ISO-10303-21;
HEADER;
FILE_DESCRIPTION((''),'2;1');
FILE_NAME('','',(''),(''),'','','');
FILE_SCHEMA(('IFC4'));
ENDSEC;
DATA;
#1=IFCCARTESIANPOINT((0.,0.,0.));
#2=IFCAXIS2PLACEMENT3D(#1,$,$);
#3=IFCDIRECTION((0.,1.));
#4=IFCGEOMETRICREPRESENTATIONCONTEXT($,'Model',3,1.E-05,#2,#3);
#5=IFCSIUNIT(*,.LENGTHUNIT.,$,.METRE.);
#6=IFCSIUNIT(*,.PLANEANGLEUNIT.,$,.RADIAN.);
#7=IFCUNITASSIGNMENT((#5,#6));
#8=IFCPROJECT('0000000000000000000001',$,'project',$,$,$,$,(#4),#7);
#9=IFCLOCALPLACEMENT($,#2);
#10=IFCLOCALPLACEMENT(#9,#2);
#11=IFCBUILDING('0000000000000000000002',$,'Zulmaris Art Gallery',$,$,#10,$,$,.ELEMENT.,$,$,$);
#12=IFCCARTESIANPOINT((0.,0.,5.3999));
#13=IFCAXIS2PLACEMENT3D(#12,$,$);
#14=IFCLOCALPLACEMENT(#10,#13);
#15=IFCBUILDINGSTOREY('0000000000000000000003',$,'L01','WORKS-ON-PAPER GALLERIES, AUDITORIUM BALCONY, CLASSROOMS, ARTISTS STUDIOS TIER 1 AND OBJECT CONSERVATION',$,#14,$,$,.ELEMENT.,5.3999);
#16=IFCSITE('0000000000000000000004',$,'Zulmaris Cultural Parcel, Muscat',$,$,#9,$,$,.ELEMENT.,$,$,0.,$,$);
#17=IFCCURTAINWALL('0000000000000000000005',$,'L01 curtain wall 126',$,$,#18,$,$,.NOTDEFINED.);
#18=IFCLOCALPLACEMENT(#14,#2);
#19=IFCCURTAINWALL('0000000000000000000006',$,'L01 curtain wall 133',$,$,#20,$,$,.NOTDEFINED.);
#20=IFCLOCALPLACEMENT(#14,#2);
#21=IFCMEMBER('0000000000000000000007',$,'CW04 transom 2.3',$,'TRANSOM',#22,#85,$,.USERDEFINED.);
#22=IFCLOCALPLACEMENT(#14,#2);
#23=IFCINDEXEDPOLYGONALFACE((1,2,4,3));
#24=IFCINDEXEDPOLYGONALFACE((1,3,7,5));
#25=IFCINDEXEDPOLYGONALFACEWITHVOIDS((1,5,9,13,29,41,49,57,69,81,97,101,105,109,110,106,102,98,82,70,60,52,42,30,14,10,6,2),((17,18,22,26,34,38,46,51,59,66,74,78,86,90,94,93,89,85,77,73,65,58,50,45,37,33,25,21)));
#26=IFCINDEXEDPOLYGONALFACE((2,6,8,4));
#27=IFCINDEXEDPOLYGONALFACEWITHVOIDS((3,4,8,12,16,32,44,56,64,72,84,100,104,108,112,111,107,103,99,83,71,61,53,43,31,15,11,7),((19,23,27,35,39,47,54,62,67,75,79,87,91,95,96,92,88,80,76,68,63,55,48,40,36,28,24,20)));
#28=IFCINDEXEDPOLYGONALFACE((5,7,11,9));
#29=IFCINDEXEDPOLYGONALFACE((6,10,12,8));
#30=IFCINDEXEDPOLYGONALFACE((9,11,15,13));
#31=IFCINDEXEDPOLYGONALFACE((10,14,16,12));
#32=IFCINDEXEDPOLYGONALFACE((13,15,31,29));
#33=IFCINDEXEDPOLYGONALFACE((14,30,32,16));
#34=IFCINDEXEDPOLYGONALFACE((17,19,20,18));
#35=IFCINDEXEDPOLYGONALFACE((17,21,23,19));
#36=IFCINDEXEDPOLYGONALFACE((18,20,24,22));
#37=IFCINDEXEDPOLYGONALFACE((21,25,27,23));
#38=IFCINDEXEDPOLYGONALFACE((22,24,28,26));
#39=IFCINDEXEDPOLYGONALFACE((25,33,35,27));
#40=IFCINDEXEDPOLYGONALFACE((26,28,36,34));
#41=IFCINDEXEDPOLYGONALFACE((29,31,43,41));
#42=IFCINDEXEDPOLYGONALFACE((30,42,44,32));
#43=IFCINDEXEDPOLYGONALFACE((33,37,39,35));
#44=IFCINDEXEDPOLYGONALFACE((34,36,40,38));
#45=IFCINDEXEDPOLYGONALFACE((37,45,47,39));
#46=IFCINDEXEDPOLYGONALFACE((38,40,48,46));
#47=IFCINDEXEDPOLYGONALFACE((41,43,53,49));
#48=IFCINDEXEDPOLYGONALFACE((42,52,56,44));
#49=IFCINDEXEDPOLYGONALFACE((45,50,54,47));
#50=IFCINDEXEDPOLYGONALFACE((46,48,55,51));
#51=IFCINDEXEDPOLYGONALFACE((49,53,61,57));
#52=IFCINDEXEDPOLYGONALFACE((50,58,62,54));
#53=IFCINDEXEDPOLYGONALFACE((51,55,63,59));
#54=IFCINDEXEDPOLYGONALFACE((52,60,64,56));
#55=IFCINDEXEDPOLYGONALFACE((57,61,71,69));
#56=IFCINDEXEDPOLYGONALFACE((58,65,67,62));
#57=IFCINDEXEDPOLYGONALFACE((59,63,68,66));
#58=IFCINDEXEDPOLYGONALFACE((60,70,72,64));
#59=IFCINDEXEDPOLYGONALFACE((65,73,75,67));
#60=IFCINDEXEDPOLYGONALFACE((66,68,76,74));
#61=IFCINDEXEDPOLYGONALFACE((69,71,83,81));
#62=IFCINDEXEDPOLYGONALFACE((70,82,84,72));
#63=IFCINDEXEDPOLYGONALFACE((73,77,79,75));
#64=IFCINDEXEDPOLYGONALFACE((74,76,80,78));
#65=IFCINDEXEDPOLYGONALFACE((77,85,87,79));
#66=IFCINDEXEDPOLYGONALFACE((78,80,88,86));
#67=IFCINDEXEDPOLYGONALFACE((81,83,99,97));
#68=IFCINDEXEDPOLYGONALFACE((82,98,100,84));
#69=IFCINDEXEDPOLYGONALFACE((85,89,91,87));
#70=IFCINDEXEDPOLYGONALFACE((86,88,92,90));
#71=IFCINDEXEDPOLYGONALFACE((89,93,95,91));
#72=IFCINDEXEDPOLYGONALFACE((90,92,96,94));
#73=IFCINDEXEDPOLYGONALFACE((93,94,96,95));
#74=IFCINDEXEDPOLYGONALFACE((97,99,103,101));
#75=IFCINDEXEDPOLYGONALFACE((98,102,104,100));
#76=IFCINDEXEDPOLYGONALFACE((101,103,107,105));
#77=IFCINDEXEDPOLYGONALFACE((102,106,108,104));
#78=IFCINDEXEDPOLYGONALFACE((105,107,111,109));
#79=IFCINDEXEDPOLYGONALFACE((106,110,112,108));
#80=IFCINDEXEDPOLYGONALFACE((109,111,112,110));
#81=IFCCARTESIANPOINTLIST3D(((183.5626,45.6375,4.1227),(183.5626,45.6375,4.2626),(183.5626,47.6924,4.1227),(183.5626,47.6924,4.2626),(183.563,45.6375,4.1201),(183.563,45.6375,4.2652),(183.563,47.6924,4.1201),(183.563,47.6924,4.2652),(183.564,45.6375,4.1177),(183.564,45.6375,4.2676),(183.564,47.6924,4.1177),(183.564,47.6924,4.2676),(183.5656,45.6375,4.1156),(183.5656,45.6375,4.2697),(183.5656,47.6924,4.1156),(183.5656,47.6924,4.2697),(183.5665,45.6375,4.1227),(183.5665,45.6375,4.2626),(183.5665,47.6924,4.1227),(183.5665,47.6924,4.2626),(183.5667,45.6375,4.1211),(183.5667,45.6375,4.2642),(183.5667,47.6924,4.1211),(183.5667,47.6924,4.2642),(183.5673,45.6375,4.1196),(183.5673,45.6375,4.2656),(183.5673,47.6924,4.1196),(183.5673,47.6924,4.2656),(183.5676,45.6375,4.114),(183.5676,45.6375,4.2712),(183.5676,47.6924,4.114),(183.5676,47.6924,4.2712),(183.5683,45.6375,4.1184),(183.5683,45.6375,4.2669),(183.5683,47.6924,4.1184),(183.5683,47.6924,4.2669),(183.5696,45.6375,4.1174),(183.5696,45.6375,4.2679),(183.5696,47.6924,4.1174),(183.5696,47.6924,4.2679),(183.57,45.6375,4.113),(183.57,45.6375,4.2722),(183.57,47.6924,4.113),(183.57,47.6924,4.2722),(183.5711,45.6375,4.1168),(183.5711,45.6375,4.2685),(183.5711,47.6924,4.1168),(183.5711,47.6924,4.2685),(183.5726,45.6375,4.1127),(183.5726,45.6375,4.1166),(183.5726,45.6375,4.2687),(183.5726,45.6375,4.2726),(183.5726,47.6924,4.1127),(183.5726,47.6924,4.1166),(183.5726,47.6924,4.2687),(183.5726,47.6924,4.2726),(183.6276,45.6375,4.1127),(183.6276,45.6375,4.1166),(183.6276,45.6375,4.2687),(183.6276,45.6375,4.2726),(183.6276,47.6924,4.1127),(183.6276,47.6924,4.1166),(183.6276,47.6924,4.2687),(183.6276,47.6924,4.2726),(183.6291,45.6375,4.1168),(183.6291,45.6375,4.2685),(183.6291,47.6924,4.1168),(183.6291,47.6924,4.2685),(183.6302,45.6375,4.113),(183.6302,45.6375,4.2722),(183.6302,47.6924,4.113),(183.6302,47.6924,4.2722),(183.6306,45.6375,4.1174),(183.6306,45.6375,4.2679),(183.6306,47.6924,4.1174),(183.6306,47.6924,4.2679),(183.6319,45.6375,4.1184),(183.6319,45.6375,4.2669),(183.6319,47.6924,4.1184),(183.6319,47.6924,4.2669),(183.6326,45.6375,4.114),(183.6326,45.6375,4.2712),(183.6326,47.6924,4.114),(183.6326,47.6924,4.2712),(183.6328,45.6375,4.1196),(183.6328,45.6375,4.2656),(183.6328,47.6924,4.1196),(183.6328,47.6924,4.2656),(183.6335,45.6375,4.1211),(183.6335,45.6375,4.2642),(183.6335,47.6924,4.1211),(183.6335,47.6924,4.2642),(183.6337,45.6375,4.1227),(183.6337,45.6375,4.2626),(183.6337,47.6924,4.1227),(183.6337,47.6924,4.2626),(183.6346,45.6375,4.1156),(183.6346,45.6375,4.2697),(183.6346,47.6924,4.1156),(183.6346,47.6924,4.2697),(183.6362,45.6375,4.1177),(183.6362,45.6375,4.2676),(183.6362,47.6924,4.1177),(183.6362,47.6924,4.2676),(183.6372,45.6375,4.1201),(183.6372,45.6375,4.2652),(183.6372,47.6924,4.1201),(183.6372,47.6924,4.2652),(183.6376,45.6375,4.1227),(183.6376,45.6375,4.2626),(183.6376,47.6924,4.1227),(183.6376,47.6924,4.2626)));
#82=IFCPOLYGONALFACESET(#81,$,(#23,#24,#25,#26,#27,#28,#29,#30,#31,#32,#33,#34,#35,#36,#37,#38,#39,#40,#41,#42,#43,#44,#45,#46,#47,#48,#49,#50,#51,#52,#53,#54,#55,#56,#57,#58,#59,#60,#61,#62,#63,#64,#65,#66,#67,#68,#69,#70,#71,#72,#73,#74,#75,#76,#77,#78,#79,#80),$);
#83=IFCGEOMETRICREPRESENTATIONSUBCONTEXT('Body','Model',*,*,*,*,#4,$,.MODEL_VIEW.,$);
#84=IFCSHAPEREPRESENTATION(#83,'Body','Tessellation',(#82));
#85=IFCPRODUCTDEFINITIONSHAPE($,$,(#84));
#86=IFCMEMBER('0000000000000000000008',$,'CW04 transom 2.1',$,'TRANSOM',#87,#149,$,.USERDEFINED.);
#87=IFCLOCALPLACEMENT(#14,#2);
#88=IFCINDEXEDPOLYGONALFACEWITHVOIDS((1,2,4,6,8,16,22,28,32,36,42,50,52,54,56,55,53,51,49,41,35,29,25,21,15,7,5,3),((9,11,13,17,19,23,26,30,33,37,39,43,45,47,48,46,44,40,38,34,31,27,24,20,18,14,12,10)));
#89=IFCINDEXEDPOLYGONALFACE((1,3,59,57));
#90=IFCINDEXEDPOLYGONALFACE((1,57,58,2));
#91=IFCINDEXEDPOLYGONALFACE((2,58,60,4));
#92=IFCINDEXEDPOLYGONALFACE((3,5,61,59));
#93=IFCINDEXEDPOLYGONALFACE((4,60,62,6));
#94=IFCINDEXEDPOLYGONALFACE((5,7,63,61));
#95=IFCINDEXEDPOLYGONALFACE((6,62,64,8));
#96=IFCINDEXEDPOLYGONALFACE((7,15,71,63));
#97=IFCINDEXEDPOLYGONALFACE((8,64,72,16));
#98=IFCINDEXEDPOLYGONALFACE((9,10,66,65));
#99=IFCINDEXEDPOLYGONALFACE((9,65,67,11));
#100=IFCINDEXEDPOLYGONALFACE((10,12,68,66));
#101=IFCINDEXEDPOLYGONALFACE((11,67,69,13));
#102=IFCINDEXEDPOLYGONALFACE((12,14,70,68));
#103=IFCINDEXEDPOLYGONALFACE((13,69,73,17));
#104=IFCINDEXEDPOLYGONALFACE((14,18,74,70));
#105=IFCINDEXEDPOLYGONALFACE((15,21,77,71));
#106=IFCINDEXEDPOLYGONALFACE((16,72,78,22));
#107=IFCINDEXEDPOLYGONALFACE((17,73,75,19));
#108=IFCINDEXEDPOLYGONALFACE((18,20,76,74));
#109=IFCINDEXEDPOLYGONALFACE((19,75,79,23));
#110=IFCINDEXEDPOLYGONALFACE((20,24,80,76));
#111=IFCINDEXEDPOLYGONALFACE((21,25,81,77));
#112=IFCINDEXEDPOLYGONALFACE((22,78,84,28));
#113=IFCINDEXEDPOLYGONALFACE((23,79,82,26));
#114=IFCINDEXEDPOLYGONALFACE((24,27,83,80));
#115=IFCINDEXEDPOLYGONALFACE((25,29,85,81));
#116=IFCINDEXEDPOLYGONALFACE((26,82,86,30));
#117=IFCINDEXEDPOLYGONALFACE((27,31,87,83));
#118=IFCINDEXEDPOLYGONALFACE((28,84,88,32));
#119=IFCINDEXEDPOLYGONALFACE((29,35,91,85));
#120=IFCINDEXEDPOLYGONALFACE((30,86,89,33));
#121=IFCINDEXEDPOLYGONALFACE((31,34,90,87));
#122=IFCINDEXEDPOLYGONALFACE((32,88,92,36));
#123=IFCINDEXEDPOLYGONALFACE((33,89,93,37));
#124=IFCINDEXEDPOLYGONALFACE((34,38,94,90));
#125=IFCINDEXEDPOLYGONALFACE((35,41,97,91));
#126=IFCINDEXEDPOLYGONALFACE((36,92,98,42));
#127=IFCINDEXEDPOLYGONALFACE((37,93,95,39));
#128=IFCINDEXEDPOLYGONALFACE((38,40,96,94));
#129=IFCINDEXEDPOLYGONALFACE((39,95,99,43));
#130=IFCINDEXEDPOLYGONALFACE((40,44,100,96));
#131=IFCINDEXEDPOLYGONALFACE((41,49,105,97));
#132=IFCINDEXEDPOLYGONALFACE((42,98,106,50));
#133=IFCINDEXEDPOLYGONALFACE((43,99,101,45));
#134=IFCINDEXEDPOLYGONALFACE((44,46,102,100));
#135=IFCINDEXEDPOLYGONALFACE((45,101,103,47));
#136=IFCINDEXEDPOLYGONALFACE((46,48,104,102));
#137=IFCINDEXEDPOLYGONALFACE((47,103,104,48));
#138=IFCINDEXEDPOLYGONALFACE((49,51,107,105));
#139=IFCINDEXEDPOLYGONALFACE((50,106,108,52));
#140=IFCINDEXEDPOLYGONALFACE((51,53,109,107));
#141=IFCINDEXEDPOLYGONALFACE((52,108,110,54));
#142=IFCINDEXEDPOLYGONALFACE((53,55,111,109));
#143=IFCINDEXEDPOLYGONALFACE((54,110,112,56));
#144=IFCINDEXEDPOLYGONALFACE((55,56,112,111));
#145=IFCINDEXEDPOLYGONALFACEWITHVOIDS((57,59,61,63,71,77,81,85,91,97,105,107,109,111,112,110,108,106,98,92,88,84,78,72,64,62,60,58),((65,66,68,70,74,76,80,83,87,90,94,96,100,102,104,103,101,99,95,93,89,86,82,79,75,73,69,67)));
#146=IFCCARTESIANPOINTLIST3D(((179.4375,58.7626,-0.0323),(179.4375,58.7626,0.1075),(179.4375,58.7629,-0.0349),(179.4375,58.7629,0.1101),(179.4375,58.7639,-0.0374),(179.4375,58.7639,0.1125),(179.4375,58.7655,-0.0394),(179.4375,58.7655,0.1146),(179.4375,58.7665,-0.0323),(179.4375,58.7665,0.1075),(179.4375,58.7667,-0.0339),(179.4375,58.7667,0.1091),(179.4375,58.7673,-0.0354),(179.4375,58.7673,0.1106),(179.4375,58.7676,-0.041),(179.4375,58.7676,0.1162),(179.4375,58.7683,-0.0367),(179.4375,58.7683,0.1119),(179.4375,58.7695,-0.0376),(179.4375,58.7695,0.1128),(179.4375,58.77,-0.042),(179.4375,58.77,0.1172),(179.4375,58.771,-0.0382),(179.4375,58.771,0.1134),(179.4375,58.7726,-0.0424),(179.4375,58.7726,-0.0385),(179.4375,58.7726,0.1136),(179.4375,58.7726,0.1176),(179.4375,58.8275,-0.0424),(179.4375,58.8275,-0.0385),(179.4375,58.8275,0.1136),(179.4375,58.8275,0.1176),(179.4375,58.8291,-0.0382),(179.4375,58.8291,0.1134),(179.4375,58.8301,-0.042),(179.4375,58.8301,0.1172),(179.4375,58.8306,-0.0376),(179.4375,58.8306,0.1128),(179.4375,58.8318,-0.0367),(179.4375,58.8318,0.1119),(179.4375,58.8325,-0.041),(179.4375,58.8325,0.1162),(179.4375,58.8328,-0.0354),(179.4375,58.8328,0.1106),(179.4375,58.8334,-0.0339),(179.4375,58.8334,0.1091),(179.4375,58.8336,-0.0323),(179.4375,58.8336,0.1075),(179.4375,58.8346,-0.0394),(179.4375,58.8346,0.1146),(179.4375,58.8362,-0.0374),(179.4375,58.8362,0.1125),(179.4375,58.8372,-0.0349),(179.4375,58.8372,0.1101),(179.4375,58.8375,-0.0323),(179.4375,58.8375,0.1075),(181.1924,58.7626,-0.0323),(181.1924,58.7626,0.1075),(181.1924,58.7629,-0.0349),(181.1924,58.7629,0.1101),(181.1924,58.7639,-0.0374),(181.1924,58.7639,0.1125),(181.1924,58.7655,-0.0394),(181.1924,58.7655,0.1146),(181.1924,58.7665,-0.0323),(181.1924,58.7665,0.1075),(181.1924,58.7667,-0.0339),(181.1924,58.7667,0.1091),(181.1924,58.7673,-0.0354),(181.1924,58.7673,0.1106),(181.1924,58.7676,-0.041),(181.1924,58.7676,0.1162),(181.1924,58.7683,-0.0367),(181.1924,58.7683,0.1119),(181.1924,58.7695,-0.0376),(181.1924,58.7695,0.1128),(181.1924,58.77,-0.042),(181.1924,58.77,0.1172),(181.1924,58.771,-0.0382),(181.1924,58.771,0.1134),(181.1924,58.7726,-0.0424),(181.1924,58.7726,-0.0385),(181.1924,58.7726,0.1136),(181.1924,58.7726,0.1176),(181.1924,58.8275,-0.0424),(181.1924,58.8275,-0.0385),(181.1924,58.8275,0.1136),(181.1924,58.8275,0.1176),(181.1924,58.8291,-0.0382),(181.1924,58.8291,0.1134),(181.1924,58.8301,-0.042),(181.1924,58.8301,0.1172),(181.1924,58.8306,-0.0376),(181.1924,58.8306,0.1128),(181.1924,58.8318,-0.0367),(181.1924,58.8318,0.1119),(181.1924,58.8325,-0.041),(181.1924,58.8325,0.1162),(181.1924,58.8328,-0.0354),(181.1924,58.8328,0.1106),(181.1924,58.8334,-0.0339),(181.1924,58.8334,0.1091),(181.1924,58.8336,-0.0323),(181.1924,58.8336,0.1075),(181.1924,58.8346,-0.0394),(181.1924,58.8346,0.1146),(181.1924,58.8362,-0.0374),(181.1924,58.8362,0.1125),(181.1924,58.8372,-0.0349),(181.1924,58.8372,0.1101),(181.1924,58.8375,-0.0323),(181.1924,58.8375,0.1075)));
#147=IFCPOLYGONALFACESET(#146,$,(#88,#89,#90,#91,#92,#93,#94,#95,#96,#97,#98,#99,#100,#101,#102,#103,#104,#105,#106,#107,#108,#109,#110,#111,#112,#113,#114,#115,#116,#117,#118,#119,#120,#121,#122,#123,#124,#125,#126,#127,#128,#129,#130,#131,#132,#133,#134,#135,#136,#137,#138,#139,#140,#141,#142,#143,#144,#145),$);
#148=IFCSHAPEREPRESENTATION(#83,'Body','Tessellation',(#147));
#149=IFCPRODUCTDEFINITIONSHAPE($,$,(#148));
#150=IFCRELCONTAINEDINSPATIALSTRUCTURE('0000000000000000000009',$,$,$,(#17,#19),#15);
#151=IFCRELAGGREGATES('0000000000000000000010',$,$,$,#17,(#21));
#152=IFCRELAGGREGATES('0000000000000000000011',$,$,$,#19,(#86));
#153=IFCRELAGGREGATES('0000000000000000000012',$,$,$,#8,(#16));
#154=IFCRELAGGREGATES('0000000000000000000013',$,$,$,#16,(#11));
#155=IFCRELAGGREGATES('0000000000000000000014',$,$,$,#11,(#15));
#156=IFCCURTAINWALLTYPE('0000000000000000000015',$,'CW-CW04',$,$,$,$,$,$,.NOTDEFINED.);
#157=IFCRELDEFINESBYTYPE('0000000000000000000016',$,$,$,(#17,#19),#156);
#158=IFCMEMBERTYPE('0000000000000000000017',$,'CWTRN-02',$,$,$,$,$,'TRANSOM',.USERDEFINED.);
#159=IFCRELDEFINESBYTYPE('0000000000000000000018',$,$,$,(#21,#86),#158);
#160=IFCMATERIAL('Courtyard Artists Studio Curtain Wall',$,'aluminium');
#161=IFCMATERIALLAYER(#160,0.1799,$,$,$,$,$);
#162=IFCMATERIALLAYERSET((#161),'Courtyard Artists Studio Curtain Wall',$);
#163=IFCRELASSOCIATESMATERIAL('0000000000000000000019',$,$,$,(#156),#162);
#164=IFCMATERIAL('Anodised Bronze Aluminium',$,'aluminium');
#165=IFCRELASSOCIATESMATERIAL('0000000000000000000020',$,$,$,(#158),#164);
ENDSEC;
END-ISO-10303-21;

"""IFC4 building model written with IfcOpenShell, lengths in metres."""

from ifc_helpers import new_model, si_unit, direction, frame, origin, origin_2d, place, context, subcontext, project, spatial, hollow_rectangle, extrude, material, layer, layer_set, material_profile, profile_set, type_object, element, aggregate, save


model = new_model("IFC4")

# Units and contexts
model_context = context("Model", 3, precision=1e-05, world=origin(), true_north=direction((0.0, 1.0)))
body_context = subcontext(model_context, "Body", "Model", "MODEL_VIEW")
ifc_project = project(units=[si_unit("LENGTHUNIT", "METRE"), si_unit("PLANEANGLEUNIT", "RADIAN")], contexts=[model_context])

# Site, building, storey
site_placement = place(None, origin())
site = spatial("IfcSite", under=ifc_project, at=site_placement, Name="Zulmaris Cultural Parcel, Muscat", CompositionType="ELEMENT", RefElevation=0.0)
building_placement = place(site_placement, origin())
building = spatial("IfcBuilding", under=site, at=building_placement, Name="Zulmaris Art Gallery", CompositionType="ELEMENT")
storey_placement = place(building_placement, frame((0.0, 0.0, 5.3999)))
storey = spatial("IfcBuildingStorey", under=building, at=storey_placement, Name="L01", Description="WORKS-ON-PAPER GALLERIES, AUDITORIUM BALCONY, CLASSROOMS, ARTISTS STUDIOS TIER 1 AND OBJECT CONSERVATION", CompositionType="ELEMENT", Elevation=5.3999)

# Curtain wall
ifc_material_1 = material(Name="Courtyard Artists Studio Curtain Wall", Category="aluminium")
ifc_layer_1 = layer(ifc_material_1, 0.1799)
ifc_layer_set_1 = layer_set([ifc_layer_1], Name="Courtyard Artists Studio Curtain Wall")
curtain_wall_type = type_object("IfcCurtainWallType", Name="CW-CW04", PredefinedType="NOTDEFINED", material=ifc_layer_set_1)
curtain_wall_1_placement = place(storey_placement, origin())
curtain_wall_1 = element("IfcCurtainWall", 1, at=curtain_wall_1_placement, inside=storey, type_object=curtain_wall_type, Name="L01 curtain wall 126", PredefinedType="NOTDEFINED")
ifc_material_2 = material(Name="Anodised Bronze Aluminium", Category="aluminium")

# Curtain wall
curtain_wall_2_placement = place(storey_placement, origin())
curtain_wall_2 = element("IfcCurtainWall", 2, at=curtain_wall_2_placement, inside=storey, type_object=curtain_wall_type, Name="L01 curtain wall 133", PredefinedType="NOTDEFINED")

# Members
ifc_material_profile_1 = material_profile(ifc_material_2, hollow_rectangle(XDim=0.075, YDim=0.1599, WallThickness=0.0039, InnerFilletRadius=0.0061, OuterFilletRadius=0.01, at=origin_2d()), Name="ALU 75x160x4")
ifc_profile_set_1 = profile_set([ifc_material_profile_1], Name="Anodised Bronze Aluminium")
member_type_1 = type_object("IfcMemberType", Name="CWTRN-02", ElementType="TRANSOM", PredefinedType="USERDEFINED", material=ifc_profile_set_1)
member_1_placement = place(storey_placement, frame((183.6001, 47.6924, 4.1926), z_axis=(0.0, -1.0, 0.0), x_axis=(1.0, 0.0, 0.0)))
member_1 = element("IfcMember", 3, at=member_1_placement, type_object=member_type_1, Name="CW04 transom 2.3", ObjectType="TRANSOM", PredefinedType="USERDEFINED", context=body_context, shape_type="SweptSolid", body=[
    extrude(hollow_rectangle(XDim=0.075, YDim=0.1599, WallThickness=0.0039, InnerFilletRadius=0.0061, OuterFilletRadius=0.01, at=origin_2d()), origin(), (0.0, 0.0, 1.0), 2.0549),
])
member_2_placement = place(storey_placement, frame((181.1924, 58.8, 0.0376), z_axis=(-1.0, 0.0, 0.0), x_axis=(0.0, -1.0, 0.0)))
member_2 = element("IfcMember", 4, at=member_2_placement, type_object=member_type_1, Name="CW04 transom 2.1", ObjectType="TRANSOM", PredefinedType="USERDEFINED", context=body_context, shape_type="SweptSolid", body=[
    extrude(hollow_rectangle(XDim=0.075, YDim=0.1599, WallThickness=0.0039, InnerFilletRadius=0.0061, OuterFilletRadius=0.01, at=origin_2d()), origin(), (0.0, 0.0, 1.0), 1.7549),
])

aggregate(curtain_wall_1, [member_1])
aggregate(curtain_wall_2, [member_2])

save(model, "model.ifc")
